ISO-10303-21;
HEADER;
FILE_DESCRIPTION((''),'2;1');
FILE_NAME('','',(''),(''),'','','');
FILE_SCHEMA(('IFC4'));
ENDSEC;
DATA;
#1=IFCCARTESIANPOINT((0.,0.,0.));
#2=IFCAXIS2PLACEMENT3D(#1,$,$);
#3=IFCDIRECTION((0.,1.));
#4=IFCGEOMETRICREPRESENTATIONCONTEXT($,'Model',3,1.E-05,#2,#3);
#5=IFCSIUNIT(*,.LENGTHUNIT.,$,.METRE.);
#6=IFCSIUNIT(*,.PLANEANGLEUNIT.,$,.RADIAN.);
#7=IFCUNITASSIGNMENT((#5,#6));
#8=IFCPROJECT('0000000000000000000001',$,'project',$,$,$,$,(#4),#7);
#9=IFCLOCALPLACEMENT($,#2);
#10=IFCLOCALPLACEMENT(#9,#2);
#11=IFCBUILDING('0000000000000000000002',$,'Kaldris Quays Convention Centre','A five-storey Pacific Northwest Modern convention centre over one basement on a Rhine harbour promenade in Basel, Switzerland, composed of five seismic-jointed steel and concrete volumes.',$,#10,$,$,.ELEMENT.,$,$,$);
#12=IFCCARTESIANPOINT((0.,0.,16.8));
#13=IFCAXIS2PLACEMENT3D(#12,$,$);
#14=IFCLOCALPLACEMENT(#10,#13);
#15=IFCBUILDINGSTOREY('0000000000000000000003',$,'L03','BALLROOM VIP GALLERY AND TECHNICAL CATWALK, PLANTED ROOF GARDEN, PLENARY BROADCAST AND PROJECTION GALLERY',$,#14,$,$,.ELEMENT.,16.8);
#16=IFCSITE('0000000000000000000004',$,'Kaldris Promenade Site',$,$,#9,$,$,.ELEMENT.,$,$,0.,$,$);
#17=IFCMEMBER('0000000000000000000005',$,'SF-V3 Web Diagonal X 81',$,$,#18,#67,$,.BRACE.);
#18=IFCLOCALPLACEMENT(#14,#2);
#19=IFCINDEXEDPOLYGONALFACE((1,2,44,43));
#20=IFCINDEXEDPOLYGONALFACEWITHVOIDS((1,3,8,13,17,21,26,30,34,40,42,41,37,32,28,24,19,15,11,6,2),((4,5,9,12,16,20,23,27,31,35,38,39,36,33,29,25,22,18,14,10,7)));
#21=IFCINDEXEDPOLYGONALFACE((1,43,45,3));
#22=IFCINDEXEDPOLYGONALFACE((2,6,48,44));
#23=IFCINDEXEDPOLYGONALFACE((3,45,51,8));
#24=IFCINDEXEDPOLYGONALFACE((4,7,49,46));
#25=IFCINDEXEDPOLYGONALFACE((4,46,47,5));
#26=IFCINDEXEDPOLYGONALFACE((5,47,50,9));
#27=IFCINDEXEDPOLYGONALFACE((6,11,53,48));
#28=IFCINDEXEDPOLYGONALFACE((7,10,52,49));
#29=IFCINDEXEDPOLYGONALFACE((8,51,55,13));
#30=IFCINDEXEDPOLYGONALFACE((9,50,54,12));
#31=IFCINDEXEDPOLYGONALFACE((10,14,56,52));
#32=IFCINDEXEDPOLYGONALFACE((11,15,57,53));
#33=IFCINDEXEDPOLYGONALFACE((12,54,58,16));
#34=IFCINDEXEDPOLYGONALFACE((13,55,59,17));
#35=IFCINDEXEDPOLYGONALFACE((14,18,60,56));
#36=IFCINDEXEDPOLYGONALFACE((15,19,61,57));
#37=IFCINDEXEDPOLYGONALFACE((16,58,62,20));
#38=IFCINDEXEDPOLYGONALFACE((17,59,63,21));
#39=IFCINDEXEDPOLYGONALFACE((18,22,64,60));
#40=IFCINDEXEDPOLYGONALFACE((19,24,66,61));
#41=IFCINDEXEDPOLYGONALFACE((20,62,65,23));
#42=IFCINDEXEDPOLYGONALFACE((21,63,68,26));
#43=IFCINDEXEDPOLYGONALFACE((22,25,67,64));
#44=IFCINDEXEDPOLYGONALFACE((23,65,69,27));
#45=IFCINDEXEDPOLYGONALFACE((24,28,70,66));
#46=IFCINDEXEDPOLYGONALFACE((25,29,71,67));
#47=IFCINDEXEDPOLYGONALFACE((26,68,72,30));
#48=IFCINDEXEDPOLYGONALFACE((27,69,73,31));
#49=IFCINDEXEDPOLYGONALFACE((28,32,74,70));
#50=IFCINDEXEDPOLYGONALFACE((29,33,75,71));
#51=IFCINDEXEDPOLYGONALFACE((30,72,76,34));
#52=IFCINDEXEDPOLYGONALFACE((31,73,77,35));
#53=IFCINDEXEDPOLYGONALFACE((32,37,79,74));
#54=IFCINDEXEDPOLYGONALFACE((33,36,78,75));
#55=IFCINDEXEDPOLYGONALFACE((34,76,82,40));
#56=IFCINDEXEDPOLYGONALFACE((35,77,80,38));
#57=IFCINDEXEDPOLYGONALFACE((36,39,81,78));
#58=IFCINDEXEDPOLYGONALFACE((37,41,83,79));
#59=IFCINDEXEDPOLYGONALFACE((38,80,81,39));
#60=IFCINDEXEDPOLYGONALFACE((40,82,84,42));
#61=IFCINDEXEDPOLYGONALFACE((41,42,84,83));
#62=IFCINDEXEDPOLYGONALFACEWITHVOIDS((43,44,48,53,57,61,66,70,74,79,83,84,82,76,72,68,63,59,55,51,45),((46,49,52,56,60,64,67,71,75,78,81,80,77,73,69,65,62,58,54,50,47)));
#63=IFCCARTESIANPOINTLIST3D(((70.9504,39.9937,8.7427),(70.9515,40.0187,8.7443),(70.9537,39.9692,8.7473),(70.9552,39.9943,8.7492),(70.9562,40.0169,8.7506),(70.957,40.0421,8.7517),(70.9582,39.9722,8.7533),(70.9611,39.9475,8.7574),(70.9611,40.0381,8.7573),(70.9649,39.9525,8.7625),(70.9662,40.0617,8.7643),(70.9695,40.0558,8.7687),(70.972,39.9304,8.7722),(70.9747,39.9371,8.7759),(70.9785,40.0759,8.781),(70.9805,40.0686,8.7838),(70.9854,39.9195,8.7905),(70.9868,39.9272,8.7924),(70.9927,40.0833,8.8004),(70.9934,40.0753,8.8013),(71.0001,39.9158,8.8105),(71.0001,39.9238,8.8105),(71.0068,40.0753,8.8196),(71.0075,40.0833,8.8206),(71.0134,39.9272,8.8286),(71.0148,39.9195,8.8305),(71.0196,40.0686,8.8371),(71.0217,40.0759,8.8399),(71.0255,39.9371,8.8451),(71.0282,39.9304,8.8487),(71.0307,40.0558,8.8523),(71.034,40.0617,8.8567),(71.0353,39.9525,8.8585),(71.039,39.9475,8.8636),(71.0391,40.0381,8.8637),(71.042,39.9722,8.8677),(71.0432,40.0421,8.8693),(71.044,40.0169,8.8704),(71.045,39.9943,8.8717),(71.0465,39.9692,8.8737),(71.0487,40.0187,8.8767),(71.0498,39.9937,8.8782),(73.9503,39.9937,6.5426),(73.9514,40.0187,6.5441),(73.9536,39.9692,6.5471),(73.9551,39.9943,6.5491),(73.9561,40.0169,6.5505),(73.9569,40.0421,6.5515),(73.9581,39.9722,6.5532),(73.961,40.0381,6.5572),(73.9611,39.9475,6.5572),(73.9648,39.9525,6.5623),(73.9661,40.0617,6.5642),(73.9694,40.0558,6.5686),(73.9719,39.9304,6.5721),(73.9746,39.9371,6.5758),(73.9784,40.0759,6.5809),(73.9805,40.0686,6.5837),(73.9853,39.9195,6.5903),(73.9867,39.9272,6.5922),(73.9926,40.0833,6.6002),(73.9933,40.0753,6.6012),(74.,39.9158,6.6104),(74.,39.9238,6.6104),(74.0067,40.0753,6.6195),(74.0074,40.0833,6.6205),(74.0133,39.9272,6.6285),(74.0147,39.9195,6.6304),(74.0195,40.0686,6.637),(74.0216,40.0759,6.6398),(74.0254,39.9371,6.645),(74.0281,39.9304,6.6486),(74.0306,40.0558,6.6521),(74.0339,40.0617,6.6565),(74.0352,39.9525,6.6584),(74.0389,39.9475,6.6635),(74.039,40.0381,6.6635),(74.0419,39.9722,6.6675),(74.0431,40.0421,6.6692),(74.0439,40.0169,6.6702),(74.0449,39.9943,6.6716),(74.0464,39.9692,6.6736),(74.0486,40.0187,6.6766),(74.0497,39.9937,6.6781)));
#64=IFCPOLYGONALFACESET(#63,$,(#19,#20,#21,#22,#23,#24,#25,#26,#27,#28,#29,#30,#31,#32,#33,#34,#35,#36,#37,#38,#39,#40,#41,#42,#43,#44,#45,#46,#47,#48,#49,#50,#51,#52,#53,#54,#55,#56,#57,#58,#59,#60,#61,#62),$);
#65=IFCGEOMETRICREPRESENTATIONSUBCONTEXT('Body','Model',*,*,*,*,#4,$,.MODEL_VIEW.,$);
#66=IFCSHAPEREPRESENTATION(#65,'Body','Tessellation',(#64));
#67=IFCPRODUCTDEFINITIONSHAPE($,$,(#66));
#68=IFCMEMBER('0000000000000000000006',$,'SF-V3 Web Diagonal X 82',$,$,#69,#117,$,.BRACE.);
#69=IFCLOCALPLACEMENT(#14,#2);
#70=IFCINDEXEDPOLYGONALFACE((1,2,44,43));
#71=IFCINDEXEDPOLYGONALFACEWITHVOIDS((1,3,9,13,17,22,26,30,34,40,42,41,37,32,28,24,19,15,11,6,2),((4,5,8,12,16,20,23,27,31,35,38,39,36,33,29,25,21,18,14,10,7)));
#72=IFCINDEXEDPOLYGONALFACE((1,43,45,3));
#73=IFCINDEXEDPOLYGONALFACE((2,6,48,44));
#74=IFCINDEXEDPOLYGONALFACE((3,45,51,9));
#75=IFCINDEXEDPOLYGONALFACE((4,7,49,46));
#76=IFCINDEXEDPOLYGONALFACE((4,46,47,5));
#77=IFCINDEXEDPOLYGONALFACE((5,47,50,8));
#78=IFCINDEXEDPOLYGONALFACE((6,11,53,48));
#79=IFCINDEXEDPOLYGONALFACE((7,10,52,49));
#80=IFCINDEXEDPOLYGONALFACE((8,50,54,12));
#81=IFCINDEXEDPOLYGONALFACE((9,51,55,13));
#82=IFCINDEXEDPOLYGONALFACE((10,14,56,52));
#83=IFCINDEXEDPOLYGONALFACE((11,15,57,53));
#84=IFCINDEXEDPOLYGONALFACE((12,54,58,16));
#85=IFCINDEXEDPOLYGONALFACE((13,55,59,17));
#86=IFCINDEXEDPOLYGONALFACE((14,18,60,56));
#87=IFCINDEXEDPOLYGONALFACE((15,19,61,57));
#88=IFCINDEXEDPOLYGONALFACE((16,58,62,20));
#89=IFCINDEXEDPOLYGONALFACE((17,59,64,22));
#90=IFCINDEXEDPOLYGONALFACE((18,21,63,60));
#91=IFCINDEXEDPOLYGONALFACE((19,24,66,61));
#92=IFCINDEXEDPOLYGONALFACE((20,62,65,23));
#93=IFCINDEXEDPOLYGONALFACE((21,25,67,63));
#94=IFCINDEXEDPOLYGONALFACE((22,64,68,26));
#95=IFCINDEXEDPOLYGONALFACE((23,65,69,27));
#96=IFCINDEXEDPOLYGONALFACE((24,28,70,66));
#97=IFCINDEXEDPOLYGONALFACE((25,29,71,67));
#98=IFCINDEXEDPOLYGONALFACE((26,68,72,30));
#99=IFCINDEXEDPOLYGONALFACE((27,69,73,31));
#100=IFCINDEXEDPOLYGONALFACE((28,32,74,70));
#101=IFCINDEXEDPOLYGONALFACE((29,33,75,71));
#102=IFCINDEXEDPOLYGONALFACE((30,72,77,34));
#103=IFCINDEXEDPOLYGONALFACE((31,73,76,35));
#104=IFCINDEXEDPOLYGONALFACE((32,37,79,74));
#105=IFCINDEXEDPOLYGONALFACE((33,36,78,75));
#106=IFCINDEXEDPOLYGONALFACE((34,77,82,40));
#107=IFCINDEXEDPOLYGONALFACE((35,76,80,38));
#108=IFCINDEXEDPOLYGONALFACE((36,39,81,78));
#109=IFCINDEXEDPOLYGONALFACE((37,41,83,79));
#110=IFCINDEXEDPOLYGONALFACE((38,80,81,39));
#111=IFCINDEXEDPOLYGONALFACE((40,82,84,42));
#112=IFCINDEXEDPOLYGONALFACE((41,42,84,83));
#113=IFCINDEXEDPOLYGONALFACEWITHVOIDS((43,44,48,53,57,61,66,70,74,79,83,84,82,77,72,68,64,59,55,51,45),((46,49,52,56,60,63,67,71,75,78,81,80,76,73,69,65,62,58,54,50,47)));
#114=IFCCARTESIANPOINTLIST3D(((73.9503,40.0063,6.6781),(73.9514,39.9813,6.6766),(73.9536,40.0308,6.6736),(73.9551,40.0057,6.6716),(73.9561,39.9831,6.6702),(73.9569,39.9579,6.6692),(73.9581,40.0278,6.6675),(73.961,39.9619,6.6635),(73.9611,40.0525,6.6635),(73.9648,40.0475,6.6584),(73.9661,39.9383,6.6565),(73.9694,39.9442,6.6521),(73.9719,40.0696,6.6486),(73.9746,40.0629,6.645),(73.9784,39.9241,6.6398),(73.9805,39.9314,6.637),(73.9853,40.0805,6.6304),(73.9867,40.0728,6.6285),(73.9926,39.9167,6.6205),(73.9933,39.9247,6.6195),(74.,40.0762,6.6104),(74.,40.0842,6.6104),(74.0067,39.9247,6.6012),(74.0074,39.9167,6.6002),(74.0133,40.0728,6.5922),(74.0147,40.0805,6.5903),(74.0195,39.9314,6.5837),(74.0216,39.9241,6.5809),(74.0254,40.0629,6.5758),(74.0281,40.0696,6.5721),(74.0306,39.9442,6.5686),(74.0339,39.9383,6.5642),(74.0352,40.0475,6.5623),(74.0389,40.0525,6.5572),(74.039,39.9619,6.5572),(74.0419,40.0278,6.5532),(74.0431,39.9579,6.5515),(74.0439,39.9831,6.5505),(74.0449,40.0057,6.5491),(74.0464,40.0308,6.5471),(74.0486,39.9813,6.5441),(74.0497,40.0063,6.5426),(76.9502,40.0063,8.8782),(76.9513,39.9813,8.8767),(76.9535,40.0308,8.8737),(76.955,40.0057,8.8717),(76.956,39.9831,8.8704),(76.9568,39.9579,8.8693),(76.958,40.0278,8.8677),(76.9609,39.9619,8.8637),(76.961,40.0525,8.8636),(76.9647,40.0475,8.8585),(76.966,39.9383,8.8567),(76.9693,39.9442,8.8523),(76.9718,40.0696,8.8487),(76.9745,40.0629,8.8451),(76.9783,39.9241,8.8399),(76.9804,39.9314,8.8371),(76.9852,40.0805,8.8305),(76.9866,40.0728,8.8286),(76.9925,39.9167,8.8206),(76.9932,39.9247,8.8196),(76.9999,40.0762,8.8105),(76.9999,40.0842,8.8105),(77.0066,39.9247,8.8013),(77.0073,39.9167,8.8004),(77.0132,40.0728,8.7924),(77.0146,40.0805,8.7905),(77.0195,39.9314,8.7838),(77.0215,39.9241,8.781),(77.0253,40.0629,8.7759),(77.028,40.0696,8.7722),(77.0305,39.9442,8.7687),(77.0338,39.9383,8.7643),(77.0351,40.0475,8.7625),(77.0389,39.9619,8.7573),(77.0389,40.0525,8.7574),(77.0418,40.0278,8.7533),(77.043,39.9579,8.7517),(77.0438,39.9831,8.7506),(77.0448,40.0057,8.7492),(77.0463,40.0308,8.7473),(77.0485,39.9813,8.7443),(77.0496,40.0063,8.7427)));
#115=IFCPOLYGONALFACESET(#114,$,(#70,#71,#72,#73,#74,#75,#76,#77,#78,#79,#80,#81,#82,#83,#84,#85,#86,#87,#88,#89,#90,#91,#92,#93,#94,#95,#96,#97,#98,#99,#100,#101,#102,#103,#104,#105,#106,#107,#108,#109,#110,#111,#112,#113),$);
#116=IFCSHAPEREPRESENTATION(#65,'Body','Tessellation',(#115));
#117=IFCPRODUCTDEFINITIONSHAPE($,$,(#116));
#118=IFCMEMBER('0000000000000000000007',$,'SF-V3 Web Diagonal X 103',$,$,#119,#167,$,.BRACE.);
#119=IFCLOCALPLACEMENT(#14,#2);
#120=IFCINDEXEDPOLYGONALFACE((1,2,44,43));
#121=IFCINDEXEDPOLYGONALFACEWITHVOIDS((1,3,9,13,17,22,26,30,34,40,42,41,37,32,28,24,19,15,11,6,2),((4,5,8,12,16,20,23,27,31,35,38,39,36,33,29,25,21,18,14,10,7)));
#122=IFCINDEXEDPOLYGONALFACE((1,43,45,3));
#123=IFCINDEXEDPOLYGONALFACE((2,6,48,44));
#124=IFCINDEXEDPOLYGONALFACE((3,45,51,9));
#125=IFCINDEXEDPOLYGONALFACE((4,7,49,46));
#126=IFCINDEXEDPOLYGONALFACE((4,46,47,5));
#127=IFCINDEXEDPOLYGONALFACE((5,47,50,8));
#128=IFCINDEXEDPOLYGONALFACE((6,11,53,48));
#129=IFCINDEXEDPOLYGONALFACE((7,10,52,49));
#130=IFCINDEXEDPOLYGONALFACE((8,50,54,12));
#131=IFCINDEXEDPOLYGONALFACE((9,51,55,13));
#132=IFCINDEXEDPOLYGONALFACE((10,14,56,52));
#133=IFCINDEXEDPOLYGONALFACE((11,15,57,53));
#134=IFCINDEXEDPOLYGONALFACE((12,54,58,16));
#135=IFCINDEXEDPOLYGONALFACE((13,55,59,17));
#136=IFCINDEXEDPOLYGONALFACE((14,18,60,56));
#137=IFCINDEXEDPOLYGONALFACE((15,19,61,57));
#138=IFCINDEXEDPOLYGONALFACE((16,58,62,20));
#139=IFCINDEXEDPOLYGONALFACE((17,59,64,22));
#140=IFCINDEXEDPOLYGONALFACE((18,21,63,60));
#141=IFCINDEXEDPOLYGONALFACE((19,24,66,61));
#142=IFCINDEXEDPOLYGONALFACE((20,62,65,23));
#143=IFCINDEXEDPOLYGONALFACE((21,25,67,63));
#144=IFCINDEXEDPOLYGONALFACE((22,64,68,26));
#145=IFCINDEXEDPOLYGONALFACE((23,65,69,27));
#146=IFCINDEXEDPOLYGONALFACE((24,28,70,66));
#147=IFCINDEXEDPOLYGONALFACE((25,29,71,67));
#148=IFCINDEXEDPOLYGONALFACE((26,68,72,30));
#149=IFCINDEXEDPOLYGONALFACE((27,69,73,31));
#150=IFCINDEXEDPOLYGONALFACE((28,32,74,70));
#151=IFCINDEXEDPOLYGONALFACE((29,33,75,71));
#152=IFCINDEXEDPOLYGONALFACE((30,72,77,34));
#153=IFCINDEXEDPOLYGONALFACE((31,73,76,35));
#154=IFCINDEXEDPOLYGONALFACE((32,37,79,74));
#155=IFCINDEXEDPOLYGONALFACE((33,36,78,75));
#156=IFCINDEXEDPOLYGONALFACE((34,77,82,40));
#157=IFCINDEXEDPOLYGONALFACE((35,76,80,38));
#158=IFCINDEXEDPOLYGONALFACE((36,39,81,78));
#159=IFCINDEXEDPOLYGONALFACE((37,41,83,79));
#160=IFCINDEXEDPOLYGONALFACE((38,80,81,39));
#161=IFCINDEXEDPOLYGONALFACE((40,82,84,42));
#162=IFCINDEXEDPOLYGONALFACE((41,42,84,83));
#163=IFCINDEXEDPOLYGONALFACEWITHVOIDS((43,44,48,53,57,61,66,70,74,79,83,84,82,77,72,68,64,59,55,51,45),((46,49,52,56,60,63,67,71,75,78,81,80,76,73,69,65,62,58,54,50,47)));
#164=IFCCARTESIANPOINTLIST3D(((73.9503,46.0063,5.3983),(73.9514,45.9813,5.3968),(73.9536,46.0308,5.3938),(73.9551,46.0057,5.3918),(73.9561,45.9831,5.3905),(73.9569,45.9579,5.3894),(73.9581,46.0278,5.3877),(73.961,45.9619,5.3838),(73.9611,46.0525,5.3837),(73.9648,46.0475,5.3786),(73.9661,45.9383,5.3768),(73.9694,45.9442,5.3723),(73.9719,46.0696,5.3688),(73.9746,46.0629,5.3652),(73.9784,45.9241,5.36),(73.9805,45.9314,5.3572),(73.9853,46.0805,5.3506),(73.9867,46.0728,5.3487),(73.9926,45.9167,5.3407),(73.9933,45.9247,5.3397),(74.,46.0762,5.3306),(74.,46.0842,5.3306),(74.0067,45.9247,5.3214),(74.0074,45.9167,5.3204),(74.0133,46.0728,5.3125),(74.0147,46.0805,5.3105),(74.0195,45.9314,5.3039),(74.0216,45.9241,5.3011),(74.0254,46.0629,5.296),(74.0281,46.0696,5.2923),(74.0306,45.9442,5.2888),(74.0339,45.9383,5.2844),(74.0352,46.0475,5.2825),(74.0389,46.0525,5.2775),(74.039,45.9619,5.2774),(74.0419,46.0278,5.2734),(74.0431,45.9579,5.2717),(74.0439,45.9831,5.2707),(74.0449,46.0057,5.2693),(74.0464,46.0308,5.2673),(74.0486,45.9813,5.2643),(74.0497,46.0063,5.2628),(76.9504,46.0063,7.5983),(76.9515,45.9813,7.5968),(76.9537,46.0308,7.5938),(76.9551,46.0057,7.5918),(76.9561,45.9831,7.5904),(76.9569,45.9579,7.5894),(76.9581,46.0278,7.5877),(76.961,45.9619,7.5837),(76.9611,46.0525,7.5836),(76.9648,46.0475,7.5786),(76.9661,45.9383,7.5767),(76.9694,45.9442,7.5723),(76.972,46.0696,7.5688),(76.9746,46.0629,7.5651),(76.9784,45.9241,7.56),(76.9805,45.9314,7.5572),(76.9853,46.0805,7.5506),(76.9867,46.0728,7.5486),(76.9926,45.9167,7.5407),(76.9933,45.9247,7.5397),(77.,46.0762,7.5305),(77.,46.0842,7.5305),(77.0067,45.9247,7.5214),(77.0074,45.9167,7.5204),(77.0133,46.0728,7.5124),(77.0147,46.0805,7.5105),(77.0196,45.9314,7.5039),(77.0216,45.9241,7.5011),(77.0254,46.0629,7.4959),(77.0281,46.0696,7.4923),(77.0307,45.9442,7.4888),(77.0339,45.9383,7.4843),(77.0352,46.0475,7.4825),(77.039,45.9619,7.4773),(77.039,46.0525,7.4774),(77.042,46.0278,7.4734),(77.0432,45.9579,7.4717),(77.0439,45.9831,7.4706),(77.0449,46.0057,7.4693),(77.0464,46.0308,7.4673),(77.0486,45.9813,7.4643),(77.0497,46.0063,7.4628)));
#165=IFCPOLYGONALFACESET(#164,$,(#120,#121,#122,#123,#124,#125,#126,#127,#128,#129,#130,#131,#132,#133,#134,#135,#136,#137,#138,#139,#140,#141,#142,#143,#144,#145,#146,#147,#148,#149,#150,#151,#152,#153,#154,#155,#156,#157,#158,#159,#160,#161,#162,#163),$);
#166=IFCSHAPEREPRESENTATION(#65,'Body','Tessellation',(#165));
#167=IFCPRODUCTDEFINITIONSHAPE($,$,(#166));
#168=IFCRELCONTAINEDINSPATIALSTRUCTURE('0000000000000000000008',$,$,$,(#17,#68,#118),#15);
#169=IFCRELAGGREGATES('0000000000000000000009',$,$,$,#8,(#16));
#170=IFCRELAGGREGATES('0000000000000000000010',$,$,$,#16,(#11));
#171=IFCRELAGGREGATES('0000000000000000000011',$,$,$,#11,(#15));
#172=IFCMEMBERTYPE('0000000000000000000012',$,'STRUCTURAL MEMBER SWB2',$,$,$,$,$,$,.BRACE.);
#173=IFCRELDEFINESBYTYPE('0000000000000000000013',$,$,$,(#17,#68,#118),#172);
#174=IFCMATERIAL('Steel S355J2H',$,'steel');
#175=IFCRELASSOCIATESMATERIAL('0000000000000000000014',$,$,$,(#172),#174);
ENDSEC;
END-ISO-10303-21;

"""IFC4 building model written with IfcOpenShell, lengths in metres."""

from ifc_helpers import new_model, si_unit, direction, frame, origin, origin_2d, place, context, subcontext, project, spatial, hollow_circle, extrude, material, material_profile, profile_set, type_object, element, save


model = new_model("IFC4")

# Units and contexts
model_context = context("Model", 3, precision=1e-05, world=origin(), true_north=direction((0.0, 1.0)))
body_context = subcontext(model_context, "Body", "Model", "MODEL_VIEW")
ifc_project = project(units=[si_unit("LENGTHUNIT", "METRE"), si_unit("PLANEANGLEUNIT", "RADIAN")], contexts=[model_context])

# Site, building, storey
site_placement = place(None, origin())
site = spatial("IfcSite", under=ifc_project, at=site_placement, Name="Kaldris Promenade Site", CompositionType="ELEMENT", RefElevation=0.0)
building_placement = place(site_placement, origin())
building = spatial("IfcBuilding", under=site, at=building_placement, Name="Kaldris Quays Convention Centre", Description="A five-storey Pacific Northwest Modern convention centre over one basement on a Rhine harbour promenade in Basel, Switzerland, composed of five seismic-jointed steel and concrete volumes.", CompositionType="ELEMENT")
storey_placement = place(building_placement, frame((0.0, 0.0, 16.8)))
storey = spatial("IfcBuildingStorey", under=building, at=storey_placement, Name="L03", Description="BALLROOM VIP GALLERY AND TECHNICAL CATWALK, PLANTED ROOF GARDEN, PLENARY BROADCAST AND PROJECTION GALLERY", CompositionType="ELEMENT", Elevation=16.8)

# Members
ifc_material_1 = material(Name="Steel S355J2H", Category="steel")
ifc_material_profile_1 = material_profile(ifc_material_1, hollow_circle(Radius=0.0842, WallThickness=0.0081, at=origin_2d()), Name="CHS 168.3x8")
ifc_profile_set_1 = profile_set([ifc_material_profile_1], Name="Steel S355J2H")
member_type_1 = type_object("IfcMemberType", Name="STRUCTURAL MEMBER SWB2", PredefinedType="BRACE", material=ifc_profile_set_1)
for number, where, z_axis, x_axis, name in (
    (1, (74.0, 40.0, 6.6104), (-0.80638, 0.0, 0.591398), (0.0, -1.0, 0.0), "SF-V3 Web Diagonal X 81"),
    (2, (74.0, 40.0, 6.6104), (0.80638, 0.0, 0.591398), (0.0, 1.0, 0.0), "SF-V3 Web Diagonal X 82"),
    (3, (74.0, 46.0, 5.3306), (0.806411, 0.0, 0.591355), (0.0, 1.0, 0.0), "SF-V3 Web Diagonal X 103"),
):
    element("IfcMember", number, at=place(storey_placement, frame(where, z_axis=z_axis, x_axis=x_axis)), inside=storey, type_object=member_type_1, Name=name, PredefinedType="BRACE", context=body_context, shape_type="SweptSolid", body=[
        extrude(hollow_circle(Radius=0.0842, WallThickness=0.0081, at=origin_2d()), origin(), (0.0, 0.0, 1.0), 3.7202),
    ])

save(model, "model.ifc")
